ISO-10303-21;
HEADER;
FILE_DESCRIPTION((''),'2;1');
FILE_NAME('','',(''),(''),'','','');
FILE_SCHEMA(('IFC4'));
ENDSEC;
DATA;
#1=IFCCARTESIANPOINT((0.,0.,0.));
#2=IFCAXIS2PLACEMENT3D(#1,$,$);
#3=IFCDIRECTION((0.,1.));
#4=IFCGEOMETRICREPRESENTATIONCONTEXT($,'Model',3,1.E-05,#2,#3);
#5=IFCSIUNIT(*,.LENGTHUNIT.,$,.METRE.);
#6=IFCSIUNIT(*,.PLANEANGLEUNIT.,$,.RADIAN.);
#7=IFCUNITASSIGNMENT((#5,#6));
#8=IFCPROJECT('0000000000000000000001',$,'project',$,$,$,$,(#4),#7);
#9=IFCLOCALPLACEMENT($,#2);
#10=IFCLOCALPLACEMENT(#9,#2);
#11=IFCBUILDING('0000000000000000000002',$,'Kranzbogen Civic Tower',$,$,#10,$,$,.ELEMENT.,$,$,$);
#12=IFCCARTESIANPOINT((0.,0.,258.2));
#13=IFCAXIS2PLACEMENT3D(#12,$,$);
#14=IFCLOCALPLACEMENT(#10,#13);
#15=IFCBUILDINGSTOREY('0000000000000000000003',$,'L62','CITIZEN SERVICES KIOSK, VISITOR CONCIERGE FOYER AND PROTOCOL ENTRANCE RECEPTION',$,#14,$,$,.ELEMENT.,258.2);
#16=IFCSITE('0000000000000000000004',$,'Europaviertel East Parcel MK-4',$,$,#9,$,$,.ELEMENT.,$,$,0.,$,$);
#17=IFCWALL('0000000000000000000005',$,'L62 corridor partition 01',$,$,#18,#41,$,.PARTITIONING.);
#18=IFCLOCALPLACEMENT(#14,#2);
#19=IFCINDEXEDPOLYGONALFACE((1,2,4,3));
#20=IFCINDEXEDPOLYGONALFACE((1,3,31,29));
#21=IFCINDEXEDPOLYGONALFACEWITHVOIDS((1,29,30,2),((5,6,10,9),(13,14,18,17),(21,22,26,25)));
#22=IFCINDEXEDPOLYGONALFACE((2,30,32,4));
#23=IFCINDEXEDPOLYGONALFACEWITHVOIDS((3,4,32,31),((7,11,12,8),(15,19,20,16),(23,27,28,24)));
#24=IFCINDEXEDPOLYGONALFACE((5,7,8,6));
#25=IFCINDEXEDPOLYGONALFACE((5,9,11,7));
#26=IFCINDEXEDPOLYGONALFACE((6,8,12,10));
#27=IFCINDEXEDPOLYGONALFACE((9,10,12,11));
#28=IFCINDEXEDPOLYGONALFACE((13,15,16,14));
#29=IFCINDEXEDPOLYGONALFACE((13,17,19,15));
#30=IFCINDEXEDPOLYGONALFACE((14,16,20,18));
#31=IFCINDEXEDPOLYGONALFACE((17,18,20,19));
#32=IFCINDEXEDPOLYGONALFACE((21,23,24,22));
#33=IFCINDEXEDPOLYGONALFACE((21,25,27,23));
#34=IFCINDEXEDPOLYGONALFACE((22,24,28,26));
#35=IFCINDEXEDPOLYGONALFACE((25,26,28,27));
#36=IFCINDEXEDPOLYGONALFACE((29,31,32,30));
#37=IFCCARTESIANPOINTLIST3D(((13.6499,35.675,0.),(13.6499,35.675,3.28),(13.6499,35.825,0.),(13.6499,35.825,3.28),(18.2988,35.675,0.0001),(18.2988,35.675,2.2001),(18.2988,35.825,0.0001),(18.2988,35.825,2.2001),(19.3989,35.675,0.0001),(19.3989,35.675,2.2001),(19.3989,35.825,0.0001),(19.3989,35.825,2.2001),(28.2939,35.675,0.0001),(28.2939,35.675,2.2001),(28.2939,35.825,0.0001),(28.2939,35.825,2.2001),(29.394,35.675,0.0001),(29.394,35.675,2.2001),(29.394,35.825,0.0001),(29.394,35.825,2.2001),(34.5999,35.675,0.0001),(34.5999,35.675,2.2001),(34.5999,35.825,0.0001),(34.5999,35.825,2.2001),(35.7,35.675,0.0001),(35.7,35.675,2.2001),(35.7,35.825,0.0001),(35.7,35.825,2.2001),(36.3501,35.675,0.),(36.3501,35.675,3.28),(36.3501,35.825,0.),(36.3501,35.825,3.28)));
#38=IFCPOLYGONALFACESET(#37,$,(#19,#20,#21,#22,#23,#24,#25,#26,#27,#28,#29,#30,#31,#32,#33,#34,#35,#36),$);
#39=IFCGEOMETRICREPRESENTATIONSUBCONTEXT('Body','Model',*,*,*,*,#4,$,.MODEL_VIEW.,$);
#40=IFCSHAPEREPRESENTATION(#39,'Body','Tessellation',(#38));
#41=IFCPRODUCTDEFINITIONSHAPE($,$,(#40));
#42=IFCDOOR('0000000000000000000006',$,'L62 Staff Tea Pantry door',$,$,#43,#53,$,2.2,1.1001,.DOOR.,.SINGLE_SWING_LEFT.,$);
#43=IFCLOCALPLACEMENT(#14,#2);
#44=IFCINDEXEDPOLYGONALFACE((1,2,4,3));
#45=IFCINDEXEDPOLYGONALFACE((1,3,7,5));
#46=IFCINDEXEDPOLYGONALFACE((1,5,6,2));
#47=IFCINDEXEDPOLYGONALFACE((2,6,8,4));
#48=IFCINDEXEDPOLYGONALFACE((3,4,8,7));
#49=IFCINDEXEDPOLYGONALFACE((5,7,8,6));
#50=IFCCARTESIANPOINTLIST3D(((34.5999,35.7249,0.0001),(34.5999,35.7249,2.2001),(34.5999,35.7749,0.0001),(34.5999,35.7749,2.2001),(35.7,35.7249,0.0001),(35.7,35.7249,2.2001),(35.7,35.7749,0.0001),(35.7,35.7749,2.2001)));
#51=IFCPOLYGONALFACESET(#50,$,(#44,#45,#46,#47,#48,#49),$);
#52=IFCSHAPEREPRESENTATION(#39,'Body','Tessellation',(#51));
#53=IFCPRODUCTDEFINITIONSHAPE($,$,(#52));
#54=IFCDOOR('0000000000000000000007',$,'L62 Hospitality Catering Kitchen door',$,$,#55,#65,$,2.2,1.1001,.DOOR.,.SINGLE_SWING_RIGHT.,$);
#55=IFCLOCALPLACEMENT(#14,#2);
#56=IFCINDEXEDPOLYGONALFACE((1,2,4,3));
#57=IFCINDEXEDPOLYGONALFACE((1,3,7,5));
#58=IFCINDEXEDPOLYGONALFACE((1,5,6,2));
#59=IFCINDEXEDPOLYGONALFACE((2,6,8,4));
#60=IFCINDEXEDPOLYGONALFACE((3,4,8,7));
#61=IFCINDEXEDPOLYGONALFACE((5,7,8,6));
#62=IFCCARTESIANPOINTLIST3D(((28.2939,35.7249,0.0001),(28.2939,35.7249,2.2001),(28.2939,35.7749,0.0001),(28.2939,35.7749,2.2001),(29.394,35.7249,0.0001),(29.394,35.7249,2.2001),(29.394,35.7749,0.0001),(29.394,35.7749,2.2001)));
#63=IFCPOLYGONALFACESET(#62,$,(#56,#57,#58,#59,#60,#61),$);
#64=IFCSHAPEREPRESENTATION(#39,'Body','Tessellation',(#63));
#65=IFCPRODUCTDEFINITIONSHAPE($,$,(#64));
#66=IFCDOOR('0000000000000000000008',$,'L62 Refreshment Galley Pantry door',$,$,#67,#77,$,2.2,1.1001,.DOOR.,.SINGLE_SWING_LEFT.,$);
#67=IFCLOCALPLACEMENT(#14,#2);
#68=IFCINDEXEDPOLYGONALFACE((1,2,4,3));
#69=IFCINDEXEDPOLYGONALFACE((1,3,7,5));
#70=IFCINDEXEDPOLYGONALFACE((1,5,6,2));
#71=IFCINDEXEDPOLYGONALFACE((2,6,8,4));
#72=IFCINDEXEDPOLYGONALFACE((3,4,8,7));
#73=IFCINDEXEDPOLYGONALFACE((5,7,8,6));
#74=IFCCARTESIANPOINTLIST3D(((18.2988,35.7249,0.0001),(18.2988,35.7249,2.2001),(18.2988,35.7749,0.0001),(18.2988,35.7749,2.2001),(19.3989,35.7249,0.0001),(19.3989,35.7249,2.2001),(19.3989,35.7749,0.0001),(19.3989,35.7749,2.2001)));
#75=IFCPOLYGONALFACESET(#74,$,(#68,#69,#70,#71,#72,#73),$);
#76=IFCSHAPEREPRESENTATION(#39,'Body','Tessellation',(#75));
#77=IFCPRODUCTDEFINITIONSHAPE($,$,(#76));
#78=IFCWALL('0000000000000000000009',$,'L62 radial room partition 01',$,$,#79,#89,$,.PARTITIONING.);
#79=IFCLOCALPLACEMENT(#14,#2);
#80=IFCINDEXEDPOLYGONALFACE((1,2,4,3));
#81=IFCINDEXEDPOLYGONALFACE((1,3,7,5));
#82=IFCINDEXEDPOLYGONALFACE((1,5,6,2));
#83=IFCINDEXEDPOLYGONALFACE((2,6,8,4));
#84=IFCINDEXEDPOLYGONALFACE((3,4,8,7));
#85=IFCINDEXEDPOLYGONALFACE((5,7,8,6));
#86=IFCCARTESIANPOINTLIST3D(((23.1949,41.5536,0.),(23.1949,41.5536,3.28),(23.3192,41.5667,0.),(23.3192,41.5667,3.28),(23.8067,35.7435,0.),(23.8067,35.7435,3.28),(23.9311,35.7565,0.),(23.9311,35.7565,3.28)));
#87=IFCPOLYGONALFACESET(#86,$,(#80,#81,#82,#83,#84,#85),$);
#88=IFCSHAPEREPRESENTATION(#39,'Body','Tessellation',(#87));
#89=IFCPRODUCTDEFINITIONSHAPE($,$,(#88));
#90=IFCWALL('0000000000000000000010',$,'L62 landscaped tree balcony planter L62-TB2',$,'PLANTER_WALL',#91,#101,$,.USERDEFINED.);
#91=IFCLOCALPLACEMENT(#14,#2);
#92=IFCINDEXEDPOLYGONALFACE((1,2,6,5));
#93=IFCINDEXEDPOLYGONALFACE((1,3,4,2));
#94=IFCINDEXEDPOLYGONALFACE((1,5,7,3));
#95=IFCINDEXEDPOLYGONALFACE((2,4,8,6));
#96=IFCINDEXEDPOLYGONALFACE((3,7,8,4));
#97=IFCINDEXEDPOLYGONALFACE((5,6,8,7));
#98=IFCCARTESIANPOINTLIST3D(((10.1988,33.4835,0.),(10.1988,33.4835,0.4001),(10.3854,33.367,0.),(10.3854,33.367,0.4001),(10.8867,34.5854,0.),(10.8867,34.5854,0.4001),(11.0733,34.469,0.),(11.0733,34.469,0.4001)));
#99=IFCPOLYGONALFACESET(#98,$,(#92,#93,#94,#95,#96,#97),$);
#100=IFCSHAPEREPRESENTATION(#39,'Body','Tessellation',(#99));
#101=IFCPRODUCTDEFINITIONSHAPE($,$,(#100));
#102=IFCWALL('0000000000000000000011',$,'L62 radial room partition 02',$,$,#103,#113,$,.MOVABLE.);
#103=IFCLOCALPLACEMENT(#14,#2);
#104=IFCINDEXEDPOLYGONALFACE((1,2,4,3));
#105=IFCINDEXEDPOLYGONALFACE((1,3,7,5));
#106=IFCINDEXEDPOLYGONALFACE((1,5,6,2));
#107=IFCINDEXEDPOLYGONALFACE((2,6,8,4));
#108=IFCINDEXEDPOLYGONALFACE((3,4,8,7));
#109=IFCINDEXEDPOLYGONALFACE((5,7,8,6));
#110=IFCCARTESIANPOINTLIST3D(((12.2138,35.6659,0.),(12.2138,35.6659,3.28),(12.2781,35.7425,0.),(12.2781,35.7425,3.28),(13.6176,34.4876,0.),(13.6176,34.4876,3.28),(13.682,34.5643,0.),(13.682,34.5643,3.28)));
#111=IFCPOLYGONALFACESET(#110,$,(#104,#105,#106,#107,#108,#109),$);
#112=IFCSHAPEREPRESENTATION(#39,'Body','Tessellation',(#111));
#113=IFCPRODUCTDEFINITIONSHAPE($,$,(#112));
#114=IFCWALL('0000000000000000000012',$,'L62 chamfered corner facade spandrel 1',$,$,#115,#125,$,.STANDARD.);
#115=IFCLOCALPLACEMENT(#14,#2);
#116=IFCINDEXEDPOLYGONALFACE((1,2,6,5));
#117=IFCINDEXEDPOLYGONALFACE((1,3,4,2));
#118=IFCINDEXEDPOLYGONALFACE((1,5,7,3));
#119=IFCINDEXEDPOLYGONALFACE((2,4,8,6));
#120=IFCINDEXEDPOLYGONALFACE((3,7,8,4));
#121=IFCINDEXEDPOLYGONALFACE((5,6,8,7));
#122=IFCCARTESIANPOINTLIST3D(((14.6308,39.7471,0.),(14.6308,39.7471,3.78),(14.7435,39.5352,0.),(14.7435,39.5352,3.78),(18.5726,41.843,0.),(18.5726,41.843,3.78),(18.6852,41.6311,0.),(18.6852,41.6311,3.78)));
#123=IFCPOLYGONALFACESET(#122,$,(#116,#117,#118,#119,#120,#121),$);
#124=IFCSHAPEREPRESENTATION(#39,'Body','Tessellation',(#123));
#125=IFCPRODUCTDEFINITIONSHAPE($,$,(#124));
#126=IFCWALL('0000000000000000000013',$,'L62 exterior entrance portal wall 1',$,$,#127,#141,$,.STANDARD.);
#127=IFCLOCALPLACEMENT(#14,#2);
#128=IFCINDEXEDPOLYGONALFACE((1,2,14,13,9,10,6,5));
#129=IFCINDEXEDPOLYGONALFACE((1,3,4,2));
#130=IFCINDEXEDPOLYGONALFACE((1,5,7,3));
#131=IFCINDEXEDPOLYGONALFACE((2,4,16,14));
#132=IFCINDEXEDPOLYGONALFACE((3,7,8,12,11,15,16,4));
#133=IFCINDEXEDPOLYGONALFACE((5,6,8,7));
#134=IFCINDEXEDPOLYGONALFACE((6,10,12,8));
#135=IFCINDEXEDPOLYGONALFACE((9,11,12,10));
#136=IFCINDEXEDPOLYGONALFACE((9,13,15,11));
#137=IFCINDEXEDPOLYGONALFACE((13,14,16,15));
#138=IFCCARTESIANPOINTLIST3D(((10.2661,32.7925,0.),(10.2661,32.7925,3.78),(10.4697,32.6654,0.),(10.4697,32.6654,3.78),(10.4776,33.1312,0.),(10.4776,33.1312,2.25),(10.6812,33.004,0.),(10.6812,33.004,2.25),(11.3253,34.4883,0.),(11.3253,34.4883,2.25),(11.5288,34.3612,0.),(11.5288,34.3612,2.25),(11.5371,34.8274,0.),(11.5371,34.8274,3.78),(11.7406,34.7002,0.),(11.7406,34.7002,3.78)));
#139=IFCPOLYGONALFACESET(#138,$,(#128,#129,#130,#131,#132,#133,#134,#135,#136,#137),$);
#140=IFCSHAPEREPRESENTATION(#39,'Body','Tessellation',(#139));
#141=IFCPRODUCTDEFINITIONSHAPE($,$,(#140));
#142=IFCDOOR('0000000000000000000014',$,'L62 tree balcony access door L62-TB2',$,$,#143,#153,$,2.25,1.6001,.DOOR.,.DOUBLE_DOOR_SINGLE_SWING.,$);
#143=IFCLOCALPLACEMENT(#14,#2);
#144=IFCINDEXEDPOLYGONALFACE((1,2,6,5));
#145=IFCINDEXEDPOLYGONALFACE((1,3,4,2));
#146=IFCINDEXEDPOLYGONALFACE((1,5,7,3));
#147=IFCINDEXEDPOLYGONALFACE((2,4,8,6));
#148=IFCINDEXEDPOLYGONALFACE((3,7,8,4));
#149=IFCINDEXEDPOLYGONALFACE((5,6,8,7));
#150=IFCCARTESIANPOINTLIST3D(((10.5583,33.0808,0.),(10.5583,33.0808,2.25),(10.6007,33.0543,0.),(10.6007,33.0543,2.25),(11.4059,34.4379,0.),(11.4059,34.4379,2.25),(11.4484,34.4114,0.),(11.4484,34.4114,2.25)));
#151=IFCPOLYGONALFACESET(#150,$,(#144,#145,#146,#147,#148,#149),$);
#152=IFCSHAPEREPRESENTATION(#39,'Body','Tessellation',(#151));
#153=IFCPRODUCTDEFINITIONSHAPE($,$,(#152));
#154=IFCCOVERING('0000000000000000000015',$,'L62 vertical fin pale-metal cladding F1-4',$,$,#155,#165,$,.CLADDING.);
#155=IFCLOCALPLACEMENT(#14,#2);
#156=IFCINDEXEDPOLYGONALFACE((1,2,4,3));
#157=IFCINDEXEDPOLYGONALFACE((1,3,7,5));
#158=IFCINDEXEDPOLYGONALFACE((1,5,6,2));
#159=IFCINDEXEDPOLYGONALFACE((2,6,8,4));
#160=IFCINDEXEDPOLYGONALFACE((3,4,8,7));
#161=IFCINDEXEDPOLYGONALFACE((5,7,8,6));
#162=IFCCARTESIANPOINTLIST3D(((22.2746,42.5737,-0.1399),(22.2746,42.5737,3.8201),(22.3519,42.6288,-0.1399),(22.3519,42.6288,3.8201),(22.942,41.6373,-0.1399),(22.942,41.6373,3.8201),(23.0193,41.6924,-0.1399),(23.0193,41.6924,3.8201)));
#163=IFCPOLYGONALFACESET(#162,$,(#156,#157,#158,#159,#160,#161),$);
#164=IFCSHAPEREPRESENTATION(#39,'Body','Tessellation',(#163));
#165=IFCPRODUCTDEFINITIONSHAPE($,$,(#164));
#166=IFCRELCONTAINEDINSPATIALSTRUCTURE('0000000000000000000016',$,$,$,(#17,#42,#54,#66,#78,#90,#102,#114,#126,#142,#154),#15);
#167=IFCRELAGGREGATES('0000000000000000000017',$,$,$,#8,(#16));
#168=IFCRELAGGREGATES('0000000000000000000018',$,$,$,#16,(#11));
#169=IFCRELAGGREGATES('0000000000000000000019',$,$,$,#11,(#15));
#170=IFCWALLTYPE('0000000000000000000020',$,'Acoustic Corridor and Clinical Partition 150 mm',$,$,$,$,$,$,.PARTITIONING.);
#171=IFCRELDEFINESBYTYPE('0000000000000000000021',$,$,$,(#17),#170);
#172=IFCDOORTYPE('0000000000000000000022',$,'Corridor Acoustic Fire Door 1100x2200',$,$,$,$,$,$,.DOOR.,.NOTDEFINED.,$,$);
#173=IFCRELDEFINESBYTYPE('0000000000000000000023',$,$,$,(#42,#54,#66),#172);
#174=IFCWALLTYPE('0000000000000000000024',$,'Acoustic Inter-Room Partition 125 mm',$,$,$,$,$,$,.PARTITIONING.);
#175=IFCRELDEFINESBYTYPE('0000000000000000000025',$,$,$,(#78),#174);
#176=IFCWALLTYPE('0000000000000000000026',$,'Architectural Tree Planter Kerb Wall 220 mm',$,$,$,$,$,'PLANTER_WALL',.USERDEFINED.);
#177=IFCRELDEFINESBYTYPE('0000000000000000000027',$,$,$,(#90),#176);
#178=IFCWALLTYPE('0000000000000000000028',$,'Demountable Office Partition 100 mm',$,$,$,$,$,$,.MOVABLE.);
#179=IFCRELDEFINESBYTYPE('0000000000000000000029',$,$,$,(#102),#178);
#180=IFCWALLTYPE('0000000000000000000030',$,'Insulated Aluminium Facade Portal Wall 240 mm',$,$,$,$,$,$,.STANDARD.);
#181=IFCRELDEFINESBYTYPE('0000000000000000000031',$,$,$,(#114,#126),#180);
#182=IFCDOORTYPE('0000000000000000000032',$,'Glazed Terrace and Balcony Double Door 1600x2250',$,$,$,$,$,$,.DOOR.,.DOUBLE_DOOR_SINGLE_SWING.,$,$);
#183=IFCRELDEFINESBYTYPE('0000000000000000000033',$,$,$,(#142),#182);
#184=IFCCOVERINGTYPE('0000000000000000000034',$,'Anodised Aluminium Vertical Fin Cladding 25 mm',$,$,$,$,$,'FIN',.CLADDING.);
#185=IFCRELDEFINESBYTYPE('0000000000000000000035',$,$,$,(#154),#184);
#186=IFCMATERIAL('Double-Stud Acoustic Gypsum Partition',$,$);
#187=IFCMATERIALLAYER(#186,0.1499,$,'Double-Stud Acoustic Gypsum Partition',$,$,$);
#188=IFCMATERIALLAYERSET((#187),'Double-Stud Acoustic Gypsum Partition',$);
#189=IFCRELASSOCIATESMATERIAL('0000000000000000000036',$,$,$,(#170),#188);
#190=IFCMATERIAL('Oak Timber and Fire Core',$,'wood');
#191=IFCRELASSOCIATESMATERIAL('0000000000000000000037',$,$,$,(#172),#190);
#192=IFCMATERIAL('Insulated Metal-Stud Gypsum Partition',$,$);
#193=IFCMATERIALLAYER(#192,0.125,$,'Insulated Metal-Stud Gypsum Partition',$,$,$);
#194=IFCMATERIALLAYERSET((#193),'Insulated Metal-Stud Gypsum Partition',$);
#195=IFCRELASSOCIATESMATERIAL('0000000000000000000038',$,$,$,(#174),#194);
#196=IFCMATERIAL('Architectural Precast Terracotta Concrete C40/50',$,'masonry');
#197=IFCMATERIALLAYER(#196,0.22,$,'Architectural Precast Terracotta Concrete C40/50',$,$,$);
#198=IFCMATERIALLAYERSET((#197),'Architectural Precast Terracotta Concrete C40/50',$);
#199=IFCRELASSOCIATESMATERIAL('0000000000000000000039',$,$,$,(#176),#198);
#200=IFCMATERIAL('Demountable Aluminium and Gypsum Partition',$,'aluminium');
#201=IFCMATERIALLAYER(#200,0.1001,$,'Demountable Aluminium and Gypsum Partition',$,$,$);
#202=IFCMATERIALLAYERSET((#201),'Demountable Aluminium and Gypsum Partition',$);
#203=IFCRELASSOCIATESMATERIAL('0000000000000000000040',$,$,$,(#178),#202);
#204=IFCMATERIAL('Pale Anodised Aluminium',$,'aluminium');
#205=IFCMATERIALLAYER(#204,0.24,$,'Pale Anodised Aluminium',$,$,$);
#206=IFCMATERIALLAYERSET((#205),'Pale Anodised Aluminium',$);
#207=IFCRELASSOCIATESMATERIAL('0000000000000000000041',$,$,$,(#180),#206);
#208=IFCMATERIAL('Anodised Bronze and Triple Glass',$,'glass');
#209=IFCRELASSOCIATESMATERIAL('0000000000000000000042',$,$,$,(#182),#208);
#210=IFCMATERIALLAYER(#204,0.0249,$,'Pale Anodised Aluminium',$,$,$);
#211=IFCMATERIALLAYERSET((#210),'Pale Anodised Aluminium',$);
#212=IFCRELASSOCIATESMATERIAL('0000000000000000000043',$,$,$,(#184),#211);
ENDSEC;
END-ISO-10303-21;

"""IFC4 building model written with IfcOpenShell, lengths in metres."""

from ifc_helpers import new_model, si_unit, direction, frame, frame_2d, origin, origin_2d, place, context, subcontext, project, spatial, rectangle, extrude, material, layer, layer_set, type_object, element, fill, save


model = new_model("IFC4")

# Units and contexts
model_context = context("Model", 3, precision=1e-05, world=origin(), true_north=direction((0.0, 1.0)))
body_context = subcontext(model_context, "Body", "Model", "MODEL_VIEW")
ifc_project = project(units=[si_unit("LENGTHUNIT", "METRE"), si_unit("PLANEANGLEUNIT", "RADIAN")], contexts=[model_context])

# Site, building, storey
site_placement = place(None, origin())
site = spatial("IfcSite", under=ifc_project, at=site_placement, Name="Europaviertel East Parcel MK-4", CompositionType="ELEMENT", RefElevation=0.0)
building_placement = place(site_placement, origin())
building = spatial("IfcBuilding", under=site, at=building_placement, Name="Kranzbogen Civic Tower", CompositionType="ELEMENT")
storey_placement = place(building_placement, frame((0.0, 0.0, 258.2)))
storey = spatial("IfcBuildingStorey", under=building, at=storey_placement, Name="L62", Description="CITIZEN SERVICES KIOSK, VISITOR CONCIERGE FOYER AND PROTOCOL ENTRANCE RECEPTION", CompositionType="ELEMENT", Elevation=258.2)

# Shared definitions
ifc_material_1 = material(Name="Pale Anodised Aluminium", Category="aluminium")

# Wall, openings, doors
ifc_material_2 = material(Name="Double-Stud Acoustic Gypsum Partition")
ifc_layer_1 = layer(ifc_material_2, 0.1499, Name="Double-Stud Acoustic Gypsum Partition")
ifc_layer_set_1 = layer_set([ifc_layer_1], Name="Double-Stud Acoustic Gypsum Partition")
wall_type_1 = type_object("IfcWallType", Name="Acoustic Corridor and Clinical Partition 150 mm", PredefinedType="PARTITIONING", material=ifc_layer_set_1)
wall_1_placement = place(storey_placement, frame((13.6499, 35.75, 0.0), z_axis=(0.0, 0.0, 1.0), x_axis=(1.0, 0.0, 0.0)))
wall_1 = element("IfcWall", 1, at=wall_1_placement, inside=storey, type_object=wall_type_1, Name="L62 corridor partition 01", PredefinedType="PARTITIONING", context=body_context, shape_type="SweptSolid", body=[
    extrude(rectangle(XDim=22.7002, YDim=0.1499, at=frame_2d((11.3501, 0.0))), origin(), (0.0, 0.0, 1.0), 3.28),
])
opening_1_placement = place(wall_1_placement, frame((20.95, 0.0, 0.0)))
opening_1 = element("IfcOpeningElement", 2, at=opening_1_placement, cuts=wall_1, PredefinedType="OPENING", context=body_context, shape_type="SweptSolid", body=[
    extrude(rectangle(XDim=1.1001, YDim=2.2, at=frame_2d((0.55, 1.1001))), frame((0.0, 0.085, 0.0), z_axis=(0.0, -1.0, 0.0), x_axis=(1.0, 0.0, 0.0)), (0.0, 0.0, 1.0), 0.1699),
])
opening_2_placement = place(wall_1_placement, frame((14.644, 0.0, 0.0)))
opening_2 = element("IfcOpeningElement", 3, at=opening_2_placement, cuts=wall_1, PredefinedType="OPENING", context=body_context, shape_type="SweptSolid", body=[
    extrude(rectangle(XDim=1.1001, YDim=2.2, at=frame_2d((0.55, 1.1001))), frame((0.0, 0.085, 0.0), z_axis=(0.0, -1.0, 0.0), x_axis=(1.0, 0.0, 0.0)), (0.0, 0.0, 1.0), 0.1699),
])
opening_3_placement = place(wall_1_placement, frame((4.6489, 0.0, 0.0)))
opening_3 = element("IfcOpeningElement", 4, at=opening_3_placement, cuts=wall_1, PredefinedType="OPENING", context=body_context, shape_type="SweptSolid", body=[
    extrude(rectangle(XDim=1.1001, YDim=2.2, at=frame_2d((0.55, 1.1001))), frame((0.0, 0.085, 0.0), z_axis=(0.0, -1.0, 0.0), x_axis=(1.0, 0.0, 0.0)), (0.0, 0.0, 1.0), 0.1699),
])
ifc_material_3 = material(Name="Oak Timber and Fire Core", Category="wood")
door_type_1 = type_object("IfcDoorType", Name="Corridor Acoustic Fire Door 1100x2200", OperationType="NOTDEFINED", PredefinedType="DOOR", material=ifc_material_3)
door_1_placement = place(opening_1_placement, origin())
door_1 = element("IfcDoor", 5, at=door_1_placement, inside=storey, type_object=door_type_1, Name="L62 Staff Tea Pantry door", OperationType="SINGLE_SWING_LEFT", OverallHeight=2.2, OverallWidth=1.1001, PredefinedType="DOOR", context=body_context, shape_type="SweptSolid", body=[
    extrude(rectangle(XDim=1.1001, YDim=2.2, at=frame_2d((0.55, 1.1001))), frame((0.0, 0.0249, 0.0), z_axis=(0.0, -1.0, 0.0), x_axis=(1.0, 0.0, 0.0)), (0.0, 0.0, 1.0), 0.05),
])
fill(opening_1, door_1)
door_2_placement = place(opening_2_placement, origin())
door_2 = element("IfcDoor", 6, at=door_2_placement, inside=storey, type_object=door_type_1, Name="L62 Hospitality Catering Kitchen door", OperationType="SINGLE_SWING_RIGHT", OverallHeight=2.2, OverallWidth=1.1001, PredefinedType="DOOR", context=body_context, shape_type="SweptSolid", body=[
    extrude(rectangle(XDim=1.1001, YDim=2.2, at=frame_2d((0.55, 1.1001))), frame((0.0, 0.0249, 0.0), z_axis=(0.0, -1.0, 0.0), x_axis=(1.0, 0.0, 0.0)), (0.0, 0.0, 1.0), 0.05),
])
fill(opening_2, door_2)
door_3_placement = place(opening_3_placement, origin())
door_3 = element("IfcDoor", 7, at=door_3_placement, inside=storey, type_object=door_type_1, Name="L62 Refreshment Galley Pantry door", OperationType="SINGLE_SWING_LEFT", OverallHeight=2.2, OverallWidth=1.1001, PredefinedType="DOOR", context=body_context, shape_type="SweptSolid", body=[
    extrude(rectangle(XDim=1.1001, YDim=2.2, at=frame_2d((0.55, 1.1001))), frame((0.0, 0.0249, 0.0), z_axis=(0.0, -1.0, 0.0), x_axis=(1.0, 0.0, 0.0)), (0.0, 0.0, 1.0), 0.05),
])
fill(opening_3, door_3)

# Walls
ifc_material_4 = material(Name="Insulated Metal-Stud Gypsum Partition")
ifc_layer_2 = layer(ifc_material_4, 0.125, Name="Insulated Metal-Stud Gypsum Partition")
ifc_layer_set_2 = layer_set([ifc_layer_2], Name="Insulated Metal-Stud Gypsum Partition")
wall_type_2 = type_object("IfcWallType", Name="Acoustic Inter-Room Partition 125 mm", PredefinedType="PARTITIONING", material=ifc_layer_set_2)
wall_2_placement = place(storey_placement, frame((23.8689, 35.75, 0.0), z_axis=(0.0, 0.0, 1.0), x_axis=(-0.104724, 0.994501, 0.0)))
element("IfcWall", 8, at=wall_2_placement, inside=storey, type_object=wall_type_2, Name="L62 radial room partition 01", PredefinedType="PARTITIONING", context=body_context, shape_type="SweptSolid", body=[
    extrude(rectangle(XDim=5.8423, YDim=0.125, at=frame_2d((2.9211, 0.0))), origin(), (0.0, 0.0, 1.0), 3.28),
])
ifc_material_5 = material(Name="Architectural Precast Terracotta Concrete C40/50", Category="masonry")
ifc_layer_3 = layer(ifc_material_5, 0.22, Name="Architectural Precast Terracotta Concrete C40/50")
ifc_layer_set_3 = layer_set([ifc_layer_3], Name="Architectural Precast Terracotta Concrete C40/50")
wall_type_3 = type_object("IfcWallType", Name="Architectural Tree Planter Kerb Wall 220 mm", ElementType="PLANTER_WALL", PredefinedType="USERDEFINED", material=ifc_layer_set_3)
wall_3_placement = place(storey_placement, frame((10.98, 34.5271, 0.0), z_axis=(0.0, 0.0, 1.0), x_axis=(-0.52956, -0.848273, 0.0)))
element("IfcWall", 9, at=wall_3_placement, inside=storey, type_object=wall_type_3, Name="L62 landscaped tree balcony planter L62-TB2", ObjectType="PLANTER_WALL", PredefinedType="USERDEFINED", context=body_context, shape_type="SweptSolid", body=[
    extrude(rectangle(XDim=1.2991, YDim=0.22, at=frame_2d((0.6494, 0.0))), origin(), (0.0, 0.0, 1.0), 0.4001),
])
ifc_material_6 = material(Name="Demountable Aluminium and Gypsum Partition", Category="aluminium")
ifc_layer_4 = layer(ifc_material_6, 0.1001, Name="Demountable Aluminium and Gypsum Partition")
ifc_layer_set_4 = layer_set([ifc_layer_4], Name="Demountable Aluminium and Gypsum Partition")
wall_type_4 = type_object("IfcWallType", Name="Demountable Office Partition 100 mm", PredefinedType="MOVABLE", material=ifc_layer_set_4)
wall_4_placement = place(storey_placement, frame((13.6499, 34.5259, 0.0), z_axis=(0.0, 0.0, 1.0), x_axis=(-0.765967, 0.64288, 0.0)))
element("IfcWall", 10, at=wall_4_placement, inside=storey, type_object=wall_type_4, Name="L62 radial room partition 02", PredefinedType="MOVABLE", context=body_context, shape_type="SweptSolid", body=[
    extrude(rectangle(XDim=1.8328, YDim=0.1001, at=frame_2d((0.9165, 0.0))), origin(), (0.0, 0.0, 1.0), 3.28),
])
ifc_layer_5 = layer(ifc_material_1, 0.24, Name="Pale Anodised Aluminium")
ifc_layer_set_5 = layer_set([ifc_layer_5], Name="Pale Anodised Aluminium")
wall_type_5 = type_object("IfcWallType", Name="Insulated Aluminium Facade Portal Wall 240 mm", PredefinedType="STANDARD", material=ifc_layer_set_5)
wall_5_placement = place(storey_placement, frame((18.6289, 41.7371, 0.0), z_axis=(0.0, 0.0, 1.0), x_axis=(-0.882947, -0.469472, 0.0)))
element("IfcWall", 11, at=wall_5_placement, inside=storey, type_object=wall_type_5, Name="L62 chamfered corner facade spandrel 1", PredefinedType="STANDARD", context=body_context, shape_type="SweptSolid", body=[
    extrude(rectangle(XDim=4.4644, YDim=0.24, at=frame_2d((2.2322, 0.0))), origin(), (0.0, 0.0, 1.0), 3.78),
])

# Wall, opening, door
wall_6_placement = place(storey_placement, frame((11.6389, 34.7639, 0.0), z_axis=(0.0, 0.0, 1.0), x_axis=(-0.529752, -0.848153, 0.0)))
wall_6 = element("IfcWall", 12, at=wall_6_placement, inside=storey, type_object=wall_type_5, Name="L62 exterior entrance portal wall 1", PredefinedType="STANDARD", context=body_context, shape_type="SweptSolid", body=[
    extrude(rectangle(XDim=2.3992, YDim=0.24, at=frame_2d((1.1997, 0.0))), origin(), (0.0, 0.0, 1.0), 3.78),
])
opening_4_placement = place(wall_6_placement, frame((0.3999, 0.0, 0.0)))
opening_4 = element("IfcOpeningElement", 13, at=opening_4_placement, cuts=wall_6, PredefinedType="OPENING", context=body_context, shape_type="SweptSolid", body=[
    extrude(rectangle(XDim=1.6001, YDim=2.25, at=frame_2d((0.8, 1.125))), frame((0.0, 0.1299, 0.0), z_axis=(0.0, -1.0, 0.0), x_axis=(1.0, 0.0, 0.0)), (0.0, 0.0, 1.0), 0.26),
])
ifc_material_7 = material(Name="Anodised Bronze and Triple Glass", Category="glass")
door_type_2 = type_object("IfcDoorType", Name="Glazed Terrace and Balcony Double Door 1600x2250", OperationType="DOUBLE_DOOR_SINGLE_SWING", PredefinedType="DOOR", material=ifc_material_7)
door_4_placement = place(opening_4_placement, frame((1.6001, 0.0, 0.0), z_axis=(0.0, 0.0, 1.0), x_axis=(-1.0, 0.0, 0.0)))
door_4 = element("IfcDoor", 14, at=door_4_placement, inside=storey, type_object=door_type_2, Name="L62 tree balcony access door L62-TB2", OperationType="DOUBLE_DOOR_SINGLE_SWING", OverallHeight=2.25, OverallWidth=1.6001, PredefinedType="DOOR", context=body_context, shape_type="SweptSolid", body=[
    extrude(rectangle(XDim=1.6001, YDim=2.25, at=frame_2d((0.8, 1.125))), frame((0.0, 0.0249, 0.0), z_axis=(0.0, -1.0, 0.0), x_axis=(1.0, 0.0, 0.0)), (0.0, 0.0, 1.0), 0.05),
])
fill(opening_4, door_4)

# Covering
ifc_layer_6 = layer(ifc_material_1, 0.0249, Name="Pale Anodised Aluminium")
ifc_layer_set_6 = layer_set([ifc_layer_6], Name="Pale Anodised Aluminium")
covering_type = type_object("IfcCoveringType", Name="Anodised Aluminium Vertical Fin Cladding 25 mm", ElementType="FIN", PredefinedType="CLADDING", material=ifc_layer_set_6)
for number, where, z_axis, x_axis, name in (
    (15, (22.647, 42.1331, -0.1399), (0.0, 0.0, 1.0), (-0.580405, 0.814328, 0.0), "L62 vertical fin pale-metal cladding F1-4"),
):
    element("IfcCovering", number, at=place(storey_placement, frame(where, z_axis=z_axis, x_axis=x_axis)), inside=storey, type_object=covering_type, Name=name, PredefinedType="CLADDING", context=body_context, shape_type="SweptSolid", body=[
        extrude(rectangle(XDim=1.1499, YDim=0.095, at=origin_2d()), origin(), (0.0, 0.0, 1.0), 3.96),
    ])

save(model, "model.ifc")
